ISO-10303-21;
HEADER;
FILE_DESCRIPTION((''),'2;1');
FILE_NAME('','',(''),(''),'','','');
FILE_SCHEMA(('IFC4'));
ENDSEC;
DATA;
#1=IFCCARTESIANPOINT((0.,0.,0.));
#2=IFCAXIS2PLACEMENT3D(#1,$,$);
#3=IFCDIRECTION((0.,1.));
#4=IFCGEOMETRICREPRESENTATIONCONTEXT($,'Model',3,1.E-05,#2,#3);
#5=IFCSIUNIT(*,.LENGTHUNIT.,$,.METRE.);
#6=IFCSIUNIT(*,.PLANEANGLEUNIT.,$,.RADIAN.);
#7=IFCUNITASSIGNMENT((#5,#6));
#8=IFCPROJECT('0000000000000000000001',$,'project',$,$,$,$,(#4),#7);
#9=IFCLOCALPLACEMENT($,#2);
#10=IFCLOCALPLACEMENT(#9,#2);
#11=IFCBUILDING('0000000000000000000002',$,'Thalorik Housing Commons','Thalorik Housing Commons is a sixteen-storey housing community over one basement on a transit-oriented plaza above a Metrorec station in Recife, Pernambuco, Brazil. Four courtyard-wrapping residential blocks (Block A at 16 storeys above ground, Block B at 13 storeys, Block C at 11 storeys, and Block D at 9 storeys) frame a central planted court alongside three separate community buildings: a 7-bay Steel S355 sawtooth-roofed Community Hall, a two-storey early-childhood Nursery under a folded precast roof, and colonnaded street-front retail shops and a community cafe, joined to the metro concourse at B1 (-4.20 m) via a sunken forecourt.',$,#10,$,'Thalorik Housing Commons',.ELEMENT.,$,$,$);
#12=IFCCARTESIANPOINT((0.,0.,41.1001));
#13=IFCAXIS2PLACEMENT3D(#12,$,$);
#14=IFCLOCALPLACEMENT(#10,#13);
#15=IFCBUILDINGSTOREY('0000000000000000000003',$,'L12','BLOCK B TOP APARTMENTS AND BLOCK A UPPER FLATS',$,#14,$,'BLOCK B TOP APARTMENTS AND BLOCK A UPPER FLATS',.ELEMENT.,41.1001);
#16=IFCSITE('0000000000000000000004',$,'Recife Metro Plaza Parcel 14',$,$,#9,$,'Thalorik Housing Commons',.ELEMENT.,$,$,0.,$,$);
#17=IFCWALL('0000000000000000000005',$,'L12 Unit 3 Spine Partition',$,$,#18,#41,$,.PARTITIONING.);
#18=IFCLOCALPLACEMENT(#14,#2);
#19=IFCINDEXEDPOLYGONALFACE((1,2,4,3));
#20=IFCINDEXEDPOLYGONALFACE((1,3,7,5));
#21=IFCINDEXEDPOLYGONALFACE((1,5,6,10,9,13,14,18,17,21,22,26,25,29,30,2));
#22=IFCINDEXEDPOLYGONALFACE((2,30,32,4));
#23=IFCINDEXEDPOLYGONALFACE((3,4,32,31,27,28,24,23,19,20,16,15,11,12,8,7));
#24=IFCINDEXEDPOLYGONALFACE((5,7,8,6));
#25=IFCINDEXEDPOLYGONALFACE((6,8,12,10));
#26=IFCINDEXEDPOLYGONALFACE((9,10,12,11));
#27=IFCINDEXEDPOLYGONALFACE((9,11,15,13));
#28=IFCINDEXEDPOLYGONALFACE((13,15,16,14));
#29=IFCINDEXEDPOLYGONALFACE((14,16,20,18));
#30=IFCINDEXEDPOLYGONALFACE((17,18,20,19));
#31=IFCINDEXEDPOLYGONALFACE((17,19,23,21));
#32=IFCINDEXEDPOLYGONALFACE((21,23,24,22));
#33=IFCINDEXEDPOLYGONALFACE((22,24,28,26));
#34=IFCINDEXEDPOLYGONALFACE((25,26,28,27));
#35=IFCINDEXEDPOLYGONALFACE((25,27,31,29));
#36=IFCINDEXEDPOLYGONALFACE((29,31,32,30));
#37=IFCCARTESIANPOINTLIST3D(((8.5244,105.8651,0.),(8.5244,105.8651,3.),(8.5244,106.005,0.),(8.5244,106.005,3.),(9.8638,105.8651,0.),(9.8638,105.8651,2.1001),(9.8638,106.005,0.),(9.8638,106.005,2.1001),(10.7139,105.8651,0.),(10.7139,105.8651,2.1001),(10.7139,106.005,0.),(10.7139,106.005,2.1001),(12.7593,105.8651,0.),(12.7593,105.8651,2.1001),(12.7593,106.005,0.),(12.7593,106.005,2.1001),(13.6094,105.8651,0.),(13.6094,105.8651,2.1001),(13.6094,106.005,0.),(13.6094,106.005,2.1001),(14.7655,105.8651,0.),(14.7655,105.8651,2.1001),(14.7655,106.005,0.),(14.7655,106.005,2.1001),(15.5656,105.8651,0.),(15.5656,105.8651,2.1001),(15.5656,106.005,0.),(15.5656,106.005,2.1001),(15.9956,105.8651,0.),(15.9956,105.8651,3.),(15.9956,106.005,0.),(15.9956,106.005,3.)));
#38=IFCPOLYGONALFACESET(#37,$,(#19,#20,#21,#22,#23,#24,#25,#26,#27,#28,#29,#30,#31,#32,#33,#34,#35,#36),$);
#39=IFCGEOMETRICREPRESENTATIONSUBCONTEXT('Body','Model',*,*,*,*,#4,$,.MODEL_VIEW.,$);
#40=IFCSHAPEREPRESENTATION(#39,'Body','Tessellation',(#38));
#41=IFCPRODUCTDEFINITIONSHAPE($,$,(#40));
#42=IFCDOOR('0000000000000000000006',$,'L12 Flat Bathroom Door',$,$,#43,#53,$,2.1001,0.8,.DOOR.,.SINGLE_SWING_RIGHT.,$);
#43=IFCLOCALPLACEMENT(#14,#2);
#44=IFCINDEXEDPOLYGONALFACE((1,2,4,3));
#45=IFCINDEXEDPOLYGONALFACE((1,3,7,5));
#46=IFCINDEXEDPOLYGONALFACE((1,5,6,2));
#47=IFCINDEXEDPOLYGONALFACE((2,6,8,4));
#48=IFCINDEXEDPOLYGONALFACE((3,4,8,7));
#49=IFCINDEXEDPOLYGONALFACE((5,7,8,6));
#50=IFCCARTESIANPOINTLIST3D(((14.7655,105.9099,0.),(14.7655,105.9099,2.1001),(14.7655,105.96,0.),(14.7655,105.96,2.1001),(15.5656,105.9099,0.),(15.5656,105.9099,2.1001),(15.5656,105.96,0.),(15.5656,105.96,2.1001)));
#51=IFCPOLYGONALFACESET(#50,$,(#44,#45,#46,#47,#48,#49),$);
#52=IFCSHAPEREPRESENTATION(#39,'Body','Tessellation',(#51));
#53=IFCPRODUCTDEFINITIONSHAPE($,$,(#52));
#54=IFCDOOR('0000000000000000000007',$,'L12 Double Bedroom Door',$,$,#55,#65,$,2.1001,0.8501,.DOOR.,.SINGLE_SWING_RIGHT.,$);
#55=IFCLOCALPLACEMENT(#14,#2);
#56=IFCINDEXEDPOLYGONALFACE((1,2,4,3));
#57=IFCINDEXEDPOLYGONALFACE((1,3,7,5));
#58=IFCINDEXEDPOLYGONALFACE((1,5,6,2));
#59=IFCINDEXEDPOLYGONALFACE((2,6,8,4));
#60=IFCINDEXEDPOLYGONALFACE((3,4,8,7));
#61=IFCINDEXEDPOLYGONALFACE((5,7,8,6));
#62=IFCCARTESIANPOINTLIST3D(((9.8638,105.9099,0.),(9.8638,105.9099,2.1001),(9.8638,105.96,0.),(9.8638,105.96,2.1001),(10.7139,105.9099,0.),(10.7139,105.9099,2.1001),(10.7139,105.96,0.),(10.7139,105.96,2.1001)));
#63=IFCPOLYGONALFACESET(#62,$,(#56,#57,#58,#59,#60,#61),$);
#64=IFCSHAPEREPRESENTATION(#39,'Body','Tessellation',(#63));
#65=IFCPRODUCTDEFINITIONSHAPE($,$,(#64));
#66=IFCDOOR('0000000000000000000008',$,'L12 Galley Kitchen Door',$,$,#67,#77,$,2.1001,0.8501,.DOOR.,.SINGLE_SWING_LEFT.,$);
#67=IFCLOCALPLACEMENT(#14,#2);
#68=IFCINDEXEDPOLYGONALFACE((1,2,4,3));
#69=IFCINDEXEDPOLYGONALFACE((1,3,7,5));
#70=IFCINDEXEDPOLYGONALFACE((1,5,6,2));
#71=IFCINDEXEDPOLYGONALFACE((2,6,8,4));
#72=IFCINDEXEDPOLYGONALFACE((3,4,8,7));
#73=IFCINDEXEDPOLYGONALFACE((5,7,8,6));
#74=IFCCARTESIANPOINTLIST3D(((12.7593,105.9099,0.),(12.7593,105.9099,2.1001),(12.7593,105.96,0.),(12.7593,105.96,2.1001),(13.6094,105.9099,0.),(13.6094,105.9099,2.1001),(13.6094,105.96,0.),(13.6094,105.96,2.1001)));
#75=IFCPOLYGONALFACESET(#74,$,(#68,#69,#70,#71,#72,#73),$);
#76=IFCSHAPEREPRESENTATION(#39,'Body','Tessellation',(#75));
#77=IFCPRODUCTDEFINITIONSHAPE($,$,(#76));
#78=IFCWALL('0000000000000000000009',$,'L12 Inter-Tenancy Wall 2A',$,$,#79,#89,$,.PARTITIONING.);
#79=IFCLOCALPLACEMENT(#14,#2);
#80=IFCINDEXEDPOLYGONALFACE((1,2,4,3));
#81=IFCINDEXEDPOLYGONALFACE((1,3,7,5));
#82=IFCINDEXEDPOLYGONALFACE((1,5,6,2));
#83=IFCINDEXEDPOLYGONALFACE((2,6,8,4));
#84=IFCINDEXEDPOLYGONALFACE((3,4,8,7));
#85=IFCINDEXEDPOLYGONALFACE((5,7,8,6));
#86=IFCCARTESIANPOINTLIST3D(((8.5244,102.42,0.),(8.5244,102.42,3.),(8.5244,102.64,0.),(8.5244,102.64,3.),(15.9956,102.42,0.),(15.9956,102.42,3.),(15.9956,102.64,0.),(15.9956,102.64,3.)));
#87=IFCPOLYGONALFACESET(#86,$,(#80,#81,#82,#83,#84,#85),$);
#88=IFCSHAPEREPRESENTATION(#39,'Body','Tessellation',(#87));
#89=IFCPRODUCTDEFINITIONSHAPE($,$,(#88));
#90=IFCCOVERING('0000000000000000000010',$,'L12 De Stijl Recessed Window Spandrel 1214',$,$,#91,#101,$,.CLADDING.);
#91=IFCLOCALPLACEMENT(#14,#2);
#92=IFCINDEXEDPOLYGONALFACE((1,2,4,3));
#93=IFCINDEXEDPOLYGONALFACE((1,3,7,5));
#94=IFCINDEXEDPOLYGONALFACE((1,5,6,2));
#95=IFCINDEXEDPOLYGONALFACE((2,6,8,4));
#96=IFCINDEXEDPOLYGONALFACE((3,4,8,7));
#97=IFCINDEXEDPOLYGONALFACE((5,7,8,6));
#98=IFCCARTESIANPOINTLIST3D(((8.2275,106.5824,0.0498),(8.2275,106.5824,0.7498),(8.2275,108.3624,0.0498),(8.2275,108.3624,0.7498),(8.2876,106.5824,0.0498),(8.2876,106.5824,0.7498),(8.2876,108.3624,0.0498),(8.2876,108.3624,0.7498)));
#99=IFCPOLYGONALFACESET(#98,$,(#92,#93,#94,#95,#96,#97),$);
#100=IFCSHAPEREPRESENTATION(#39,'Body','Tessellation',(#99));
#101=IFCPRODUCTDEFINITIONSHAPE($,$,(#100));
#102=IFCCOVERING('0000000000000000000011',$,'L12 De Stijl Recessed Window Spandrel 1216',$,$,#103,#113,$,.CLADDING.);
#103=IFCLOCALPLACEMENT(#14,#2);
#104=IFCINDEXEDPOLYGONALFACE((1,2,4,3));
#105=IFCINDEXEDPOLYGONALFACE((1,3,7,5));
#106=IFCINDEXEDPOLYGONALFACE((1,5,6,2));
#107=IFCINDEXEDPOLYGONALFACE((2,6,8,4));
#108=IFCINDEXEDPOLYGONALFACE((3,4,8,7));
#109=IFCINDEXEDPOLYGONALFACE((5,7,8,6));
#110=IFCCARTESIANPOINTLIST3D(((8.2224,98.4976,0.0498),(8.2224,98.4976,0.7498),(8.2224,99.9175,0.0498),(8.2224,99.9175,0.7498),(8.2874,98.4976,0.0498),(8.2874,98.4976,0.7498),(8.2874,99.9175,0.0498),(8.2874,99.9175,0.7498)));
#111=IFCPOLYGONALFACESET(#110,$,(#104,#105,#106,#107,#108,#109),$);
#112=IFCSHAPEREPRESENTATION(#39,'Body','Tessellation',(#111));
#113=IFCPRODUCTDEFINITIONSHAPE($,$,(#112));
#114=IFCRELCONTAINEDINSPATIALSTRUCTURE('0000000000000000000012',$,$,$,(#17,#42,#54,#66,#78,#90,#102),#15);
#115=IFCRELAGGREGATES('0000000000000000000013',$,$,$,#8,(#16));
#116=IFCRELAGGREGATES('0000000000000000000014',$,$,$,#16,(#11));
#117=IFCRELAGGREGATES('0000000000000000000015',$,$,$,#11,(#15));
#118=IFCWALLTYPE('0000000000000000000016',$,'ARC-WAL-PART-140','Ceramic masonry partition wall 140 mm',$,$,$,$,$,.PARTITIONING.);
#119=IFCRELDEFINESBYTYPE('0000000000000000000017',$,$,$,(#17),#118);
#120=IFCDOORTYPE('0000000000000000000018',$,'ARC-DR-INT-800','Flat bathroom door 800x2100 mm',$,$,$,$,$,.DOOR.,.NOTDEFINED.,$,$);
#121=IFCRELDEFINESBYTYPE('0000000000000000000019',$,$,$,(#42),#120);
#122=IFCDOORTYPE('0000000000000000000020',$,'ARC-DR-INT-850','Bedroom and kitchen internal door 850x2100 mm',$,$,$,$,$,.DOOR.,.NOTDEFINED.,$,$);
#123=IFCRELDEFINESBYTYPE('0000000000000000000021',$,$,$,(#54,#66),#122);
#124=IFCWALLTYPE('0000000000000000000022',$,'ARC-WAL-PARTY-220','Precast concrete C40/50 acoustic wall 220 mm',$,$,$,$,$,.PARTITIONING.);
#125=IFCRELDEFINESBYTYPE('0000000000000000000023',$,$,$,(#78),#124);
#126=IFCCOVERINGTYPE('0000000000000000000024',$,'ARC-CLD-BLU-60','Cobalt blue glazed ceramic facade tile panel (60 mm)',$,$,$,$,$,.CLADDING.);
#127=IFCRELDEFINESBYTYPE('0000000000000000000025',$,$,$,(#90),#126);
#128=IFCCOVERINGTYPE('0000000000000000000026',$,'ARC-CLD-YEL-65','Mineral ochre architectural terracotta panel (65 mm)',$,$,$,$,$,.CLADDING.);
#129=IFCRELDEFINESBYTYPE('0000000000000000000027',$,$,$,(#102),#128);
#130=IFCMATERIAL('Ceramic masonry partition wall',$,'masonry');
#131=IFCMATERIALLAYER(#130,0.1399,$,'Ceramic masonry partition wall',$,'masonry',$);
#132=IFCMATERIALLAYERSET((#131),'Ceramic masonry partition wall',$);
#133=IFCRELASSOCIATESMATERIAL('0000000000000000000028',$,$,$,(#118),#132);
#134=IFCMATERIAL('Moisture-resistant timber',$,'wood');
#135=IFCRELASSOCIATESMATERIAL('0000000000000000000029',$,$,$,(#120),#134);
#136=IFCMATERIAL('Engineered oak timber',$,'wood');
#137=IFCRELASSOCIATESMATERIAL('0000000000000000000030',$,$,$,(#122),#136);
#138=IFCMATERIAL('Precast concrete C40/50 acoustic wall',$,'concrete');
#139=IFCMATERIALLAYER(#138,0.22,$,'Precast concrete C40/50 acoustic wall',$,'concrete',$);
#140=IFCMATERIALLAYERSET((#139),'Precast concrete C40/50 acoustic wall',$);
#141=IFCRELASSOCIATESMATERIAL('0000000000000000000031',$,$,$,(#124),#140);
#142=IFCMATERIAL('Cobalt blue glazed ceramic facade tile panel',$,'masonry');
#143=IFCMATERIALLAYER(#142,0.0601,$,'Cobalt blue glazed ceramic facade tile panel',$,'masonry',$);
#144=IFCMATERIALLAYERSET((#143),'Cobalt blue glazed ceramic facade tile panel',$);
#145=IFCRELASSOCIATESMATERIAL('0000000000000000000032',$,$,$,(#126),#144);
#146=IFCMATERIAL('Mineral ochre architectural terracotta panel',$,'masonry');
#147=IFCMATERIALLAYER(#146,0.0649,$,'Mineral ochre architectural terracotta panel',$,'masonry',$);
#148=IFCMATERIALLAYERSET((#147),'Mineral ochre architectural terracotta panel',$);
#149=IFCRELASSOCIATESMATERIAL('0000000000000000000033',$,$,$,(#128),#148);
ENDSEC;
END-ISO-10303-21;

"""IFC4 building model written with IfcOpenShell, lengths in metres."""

from ifc_helpers import new_model, si_unit, direction, frame, frame_2d, origin, origin_2d, place, context, subcontext, project, spatial, rectangle, extrude, material, layer, layer_set, type_object, element, fill, save


model = new_model("IFC4")

# Units and contexts
model_context = context("Model", 3, precision=1e-05, world=origin(), true_north=direction((0.0, 1.0)))
body_context = subcontext(model_context, "Body", "Model", "MODEL_VIEW")
ifc_project = project(units=[si_unit("LENGTHUNIT", "METRE"), si_unit("PLANEANGLEUNIT", "RADIAN")], contexts=[model_context])

# Site, building, storey
site_placement = place(None, origin())
site = spatial("IfcSite", under=ifc_project, at=site_placement, Name="Recife Metro Plaza Parcel 14", LongName="Thalorik Housing Commons", CompositionType="ELEMENT", RefElevation=0.0)
building_placement = place(site_placement, origin())
building = spatial("IfcBuilding", under=site, at=building_placement, Name="Thalorik Housing Commons", Description="Thalorik Housing Commons is a sixteen-storey housing community over one basement on a transit-oriented plaza above a Metrorec station in Recife, Pernambuco, Brazil. Four courtyard-wrapping residential blocks (Block A at 16 storeys above ground, Block B at 13 storeys, Block C at 11 storeys, and Block D at 9 storeys) frame a central planted court alongside three separate community buildings: a 7-bay Steel S355 sawtooth-roofed Community Hall, a two-storey early-childhood Nursery under a folded precast roof, and colonnaded street-front retail shops and a community cafe, joined to the metro concourse at B1 (-4.20 m) via a sunken forecourt.", LongName="Thalorik Housing Commons", CompositionType="ELEMENT")
storey_placement = place(building_placement, frame((0.0, 0.0, 41.1001)))
storey = spatial("IfcBuildingStorey", under=building, at=storey_placement, Name="L12", Description="BLOCK B TOP APARTMENTS AND BLOCK A UPPER FLATS", LongName="BLOCK B TOP APARTMENTS AND BLOCK A UPPER FLATS", CompositionType="ELEMENT", Elevation=41.1001)

# Wall, openings, doors
ifc_material_1 = material(Name="Ceramic masonry partition wall", Category="masonry")
ifc_layer_1 = layer(ifc_material_1, 0.1399, Name="Ceramic masonry partition wall", Category="masonry")
ifc_layer_set_1 = layer_set([ifc_layer_1], Name="Ceramic masonry partition wall")
wall_type_1 = type_object("IfcWallType", Name="ARC-WAL-PART-140", Description="Ceramic masonry partition wall 140 mm", PredefinedType="PARTITIONING", material=ifc_layer_set_1)
wall_1_placement = place(storey_placement, frame((8.5244, 105.9351, 0.0), z_axis=(0.0, 0.0, 1.0), x_axis=(1.0, 0.0, 0.0)))
wall_1 = element("IfcWall", 1, at=wall_1_placement, inside=storey, type_object=wall_type_1, Name="L12 Unit 3 Spine Partition", PredefinedType="PARTITIONING", context=body_context, shape_type="SweptSolid", body=[
    extrude(rectangle(XDim=7.4712, YDim=0.1399, at=frame_2d((3.7356, 0.0))), origin(), (0.0, 0.0, 1.0), 3.0),
])
opening_1_placement = place(wall_1_placement, frame((1.3394, 0.0, 0.0)))
opening_1 = element("IfcOpeningElement", 2, at=opening_1_placement, cuts=wall_1, PredefinedType="OPENING", context=body_context, shape_type="SweptSolid", body=[
    extrude(rectangle(XDim=0.8501, YDim=2.1001, at=frame_2d((0.425, 1.05))), frame((0.0, 0.0801, 0.0), z_axis=(0.0, -1.0, 0.0), x_axis=(1.0, 0.0, 0.0)), (0.0, 0.0, 1.0), 0.1599),
])
opening_2_placement = place(wall_1_placement, frame((4.2349, 0.0, 0.0)))
opening_2 = element("IfcOpeningElement", 3, at=opening_2_placement, cuts=wall_1, PredefinedType="OPENING", context=body_context, shape_type="SweptSolid", body=[
    extrude(rectangle(XDim=0.8501, YDim=2.1001, at=frame_2d((0.425, 1.05))), frame((0.0, 0.0801, 0.0), z_axis=(0.0, -1.0, 0.0), x_axis=(1.0, 0.0, 0.0)), (0.0, 0.0, 1.0), 0.1599),
])
opening_3_placement = place(wall_1_placement, frame((6.2412, 0.0, 0.0)))
opening_3 = element("IfcOpeningElement", 4, at=opening_3_placement, cuts=wall_1, PredefinedType="OPENING", context=body_context, shape_type="SweptSolid", body=[
    extrude(rectangle(XDim=0.8, YDim=2.1001, at=frame_2d((0.3999, 1.05))), frame((0.0, 0.0801, 0.0), z_axis=(0.0, -1.0, 0.0), x_axis=(1.0, 0.0, 0.0)), (0.0, 0.0, 1.0), 0.1599),
])
ifc_material_2 = material(Name="Moisture-resistant timber", Category="wood")
door_type_1 = type_object("IfcDoorType", Name="ARC-DR-INT-800", Description="Flat bathroom door 800x2100 mm", OperationType="NOTDEFINED", PredefinedType="DOOR", material=ifc_material_2)
door_1_placement = place(opening_3_placement, origin())
door_1 = element("IfcDoor", 5, at=door_1_placement, inside=storey, type_object=door_type_1, Name="L12 Flat Bathroom Door", OperationType="SINGLE_SWING_RIGHT", OverallHeight=2.1001, OverallWidth=0.8, PredefinedType="DOOR", context=body_context, shape_type="SweptSolid", body=[
    extrude(rectangle(XDim=0.8, YDim=2.1001, at=frame_2d((0.3999, 1.05))), frame((0.0, 0.0249, 0.0), z_axis=(0.0, -1.0, 0.0), x_axis=(1.0, 0.0, 0.0)), (0.0, 0.0, 1.0), 0.05),
])
fill(opening_3, door_1)
ifc_material_3 = material(Name="Engineered oak timber", Category="wood")
door_type_2 = type_object("IfcDoorType", Name="ARC-DR-INT-850", Description="Bedroom and kitchen internal door 850x2100 mm", OperationType="NOTDEFINED", PredefinedType="DOOR", material=ifc_material_3)
door_2_placement = place(opening_1_placement, origin())
door_2 = element("IfcDoor", 6, at=door_2_placement, inside=storey, type_object=door_type_2, Name="L12 Double Bedroom Door", OperationType="SINGLE_SWING_RIGHT", OverallHeight=2.1001, OverallWidth=0.8501, PredefinedType="DOOR", context=body_context, shape_type="SweptSolid", body=[
    extrude(rectangle(XDim=0.8501, YDim=2.1001, at=frame_2d((0.425, 1.05))), frame((0.0, 0.0249, 0.0), z_axis=(0.0, -1.0, 0.0), x_axis=(1.0, 0.0, 0.0)), (0.0, 0.0, 1.0), 0.05),
])
fill(opening_1, door_2)
door_3_placement = place(opening_2_placement, origin())
door_3 = element("IfcDoor", 7, at=door_3_placement, inside=storey, type_object=door_type_2, Name="L12 Galley Kitchen Door", OperationType="SINGLE_SWING_LEFT", OverallHeight=2.1001, OverallWidth=0.8501, PredefinedType="DOOR", context=body_context, shape_type="SweptSolid", body=[
    extrude(rectangle(XDim=0.8501, YDim=2.1001, at=frame_2d((0.425, 1.05))), frame((0.0, 0.0249, 0.0), z_axis=(0.0, -1.0, 0.0), x_axis=(1.0, 0.0, 0.0)), (0.0, 0.0, 1.0), 0.05),
])
fill(opening_2, door_3)

# Wall
ifc_material_4 = material(Name="Precast concrete C40/50 acoustic wall", Category="concrete")
ifc_layer_2 = layer(ifc_material_4, 0.22, Name="Precast concrete C40/50 acoustic wall", Category="concrete")
ifc_layer_set_2 = layer_set([ifc_layer_2], Name="Precast concrete C40/50 acoustic wall")
wall_type_2 = type_object("IfcWallType", Name="ARC-WAL-PARTY-220", Description="Precast concrete C40/50 acoustic wall 220 mm", PredefinedType="PARTITIONING", material=ifc_layer_set_2)
wall_2_placement = place(storey_placement, frame((8.5244, 102.53, 0.0), z_axis=(0.0, 0.0, 1.0), x_axis=(1.0, 0.0, 0.0)))
element("IfcWall", 8, at=wall_2_placement, inside=storey, type_object=wall_type_2, Name="L12 Inter-Tenancy Wall 2A", PredefinedType="PARTITIONING", context=body_context, shape_type="SweptSolid", body=[
    extrude(rectangle(XDim=7.4712, YDim=0.22, at=frame_2d((3.7356, 0.0))), origin(), (0.0, 0.0, 1.0), 3.0),
])

# Coverings
ifc_material_5 = material(Name="Cobalt blue glazed ceramic facade tile panel", Category="masonry")
ifc_layer_3 = layer(ifc_material_5, 0.0601, Name="Cobalt blue glazed ceramic facade tile panel", Category="masonry")
ifc_layer_set_3 = layer_set([ifc_layer_3], Name="Cobalt blue glazed ceramic facade tile panel")
covering_type_1 = type_object("IfcCoveringType", Name="ARC-CLD-BLU-60", Description="Cobalt blue glazed ceramic facade tile panel (60 mm)", PredefinedType="CLADDING", material=ifc_layer_set_3)
covering_1_placement = place(storey_placement, frame((8.2576, 107.4724, 0.0498), z_axis=(0.0, 0.0, 1.0), x_axis=(0.0, -1.0, 0.0)))
element("IfcCovering", 9, at=covering_1_placement, inside=storey, type_object=covering_type_1, Name="L12 De Stijl Recessed Window Spandrel 1214", PredefinedType="CLADDING", context=body_context, shape_type="SweptSolid", body=[
    extrude(rectangle(XDim=1.78, YDim=0.0601, at=origin_2d()), origin(), (0.0, 0.0, 1.0), 0.7),
])
ifc_material_6 = material(Name="Mineral ochre architectural terracotta panel", Category="masonry")
ifc_layer_4 = layer(ifc_material_6, 0.0649, Name="Mineral ochre architectural terracotta panel", Category="masonry")
ifc_layer_set_4 = layer_set([ifc_layer_4], Name="Mineral ochre architectural terracotta panel")
covering_type_2 = type_object("IfcCoveringType", Name="ARC-CLD-YEL-65", Description="Mineral ochre architectural terracotta panel (65 mm)", PredefinedType="CLADDING", material=ifc_layer_set_4)
covering_2_placement = place(storey_placement, frame((8.2549, 99.2075, 0.0498), z_axis=(0.0, 0.0, 1.0), x_axis=(0.0, -1.0, 0.0)))
element("IfcCovering", 10, at=covering_2_placement, inside=storey, type_object=covering_type_2, Name="L12 De Stijl Recessed Window Spandrel 1216", PredefinedType="CLADDING", context=body_context, shape_type="SweptSolid", body=[
    extrude(rectangle(XDim=1.4199, YDim=0.0649, at=origin_2d()), origin(), (0.0, 0.0, 1.0), 0.7),
])

save(model, "model.ifc")
